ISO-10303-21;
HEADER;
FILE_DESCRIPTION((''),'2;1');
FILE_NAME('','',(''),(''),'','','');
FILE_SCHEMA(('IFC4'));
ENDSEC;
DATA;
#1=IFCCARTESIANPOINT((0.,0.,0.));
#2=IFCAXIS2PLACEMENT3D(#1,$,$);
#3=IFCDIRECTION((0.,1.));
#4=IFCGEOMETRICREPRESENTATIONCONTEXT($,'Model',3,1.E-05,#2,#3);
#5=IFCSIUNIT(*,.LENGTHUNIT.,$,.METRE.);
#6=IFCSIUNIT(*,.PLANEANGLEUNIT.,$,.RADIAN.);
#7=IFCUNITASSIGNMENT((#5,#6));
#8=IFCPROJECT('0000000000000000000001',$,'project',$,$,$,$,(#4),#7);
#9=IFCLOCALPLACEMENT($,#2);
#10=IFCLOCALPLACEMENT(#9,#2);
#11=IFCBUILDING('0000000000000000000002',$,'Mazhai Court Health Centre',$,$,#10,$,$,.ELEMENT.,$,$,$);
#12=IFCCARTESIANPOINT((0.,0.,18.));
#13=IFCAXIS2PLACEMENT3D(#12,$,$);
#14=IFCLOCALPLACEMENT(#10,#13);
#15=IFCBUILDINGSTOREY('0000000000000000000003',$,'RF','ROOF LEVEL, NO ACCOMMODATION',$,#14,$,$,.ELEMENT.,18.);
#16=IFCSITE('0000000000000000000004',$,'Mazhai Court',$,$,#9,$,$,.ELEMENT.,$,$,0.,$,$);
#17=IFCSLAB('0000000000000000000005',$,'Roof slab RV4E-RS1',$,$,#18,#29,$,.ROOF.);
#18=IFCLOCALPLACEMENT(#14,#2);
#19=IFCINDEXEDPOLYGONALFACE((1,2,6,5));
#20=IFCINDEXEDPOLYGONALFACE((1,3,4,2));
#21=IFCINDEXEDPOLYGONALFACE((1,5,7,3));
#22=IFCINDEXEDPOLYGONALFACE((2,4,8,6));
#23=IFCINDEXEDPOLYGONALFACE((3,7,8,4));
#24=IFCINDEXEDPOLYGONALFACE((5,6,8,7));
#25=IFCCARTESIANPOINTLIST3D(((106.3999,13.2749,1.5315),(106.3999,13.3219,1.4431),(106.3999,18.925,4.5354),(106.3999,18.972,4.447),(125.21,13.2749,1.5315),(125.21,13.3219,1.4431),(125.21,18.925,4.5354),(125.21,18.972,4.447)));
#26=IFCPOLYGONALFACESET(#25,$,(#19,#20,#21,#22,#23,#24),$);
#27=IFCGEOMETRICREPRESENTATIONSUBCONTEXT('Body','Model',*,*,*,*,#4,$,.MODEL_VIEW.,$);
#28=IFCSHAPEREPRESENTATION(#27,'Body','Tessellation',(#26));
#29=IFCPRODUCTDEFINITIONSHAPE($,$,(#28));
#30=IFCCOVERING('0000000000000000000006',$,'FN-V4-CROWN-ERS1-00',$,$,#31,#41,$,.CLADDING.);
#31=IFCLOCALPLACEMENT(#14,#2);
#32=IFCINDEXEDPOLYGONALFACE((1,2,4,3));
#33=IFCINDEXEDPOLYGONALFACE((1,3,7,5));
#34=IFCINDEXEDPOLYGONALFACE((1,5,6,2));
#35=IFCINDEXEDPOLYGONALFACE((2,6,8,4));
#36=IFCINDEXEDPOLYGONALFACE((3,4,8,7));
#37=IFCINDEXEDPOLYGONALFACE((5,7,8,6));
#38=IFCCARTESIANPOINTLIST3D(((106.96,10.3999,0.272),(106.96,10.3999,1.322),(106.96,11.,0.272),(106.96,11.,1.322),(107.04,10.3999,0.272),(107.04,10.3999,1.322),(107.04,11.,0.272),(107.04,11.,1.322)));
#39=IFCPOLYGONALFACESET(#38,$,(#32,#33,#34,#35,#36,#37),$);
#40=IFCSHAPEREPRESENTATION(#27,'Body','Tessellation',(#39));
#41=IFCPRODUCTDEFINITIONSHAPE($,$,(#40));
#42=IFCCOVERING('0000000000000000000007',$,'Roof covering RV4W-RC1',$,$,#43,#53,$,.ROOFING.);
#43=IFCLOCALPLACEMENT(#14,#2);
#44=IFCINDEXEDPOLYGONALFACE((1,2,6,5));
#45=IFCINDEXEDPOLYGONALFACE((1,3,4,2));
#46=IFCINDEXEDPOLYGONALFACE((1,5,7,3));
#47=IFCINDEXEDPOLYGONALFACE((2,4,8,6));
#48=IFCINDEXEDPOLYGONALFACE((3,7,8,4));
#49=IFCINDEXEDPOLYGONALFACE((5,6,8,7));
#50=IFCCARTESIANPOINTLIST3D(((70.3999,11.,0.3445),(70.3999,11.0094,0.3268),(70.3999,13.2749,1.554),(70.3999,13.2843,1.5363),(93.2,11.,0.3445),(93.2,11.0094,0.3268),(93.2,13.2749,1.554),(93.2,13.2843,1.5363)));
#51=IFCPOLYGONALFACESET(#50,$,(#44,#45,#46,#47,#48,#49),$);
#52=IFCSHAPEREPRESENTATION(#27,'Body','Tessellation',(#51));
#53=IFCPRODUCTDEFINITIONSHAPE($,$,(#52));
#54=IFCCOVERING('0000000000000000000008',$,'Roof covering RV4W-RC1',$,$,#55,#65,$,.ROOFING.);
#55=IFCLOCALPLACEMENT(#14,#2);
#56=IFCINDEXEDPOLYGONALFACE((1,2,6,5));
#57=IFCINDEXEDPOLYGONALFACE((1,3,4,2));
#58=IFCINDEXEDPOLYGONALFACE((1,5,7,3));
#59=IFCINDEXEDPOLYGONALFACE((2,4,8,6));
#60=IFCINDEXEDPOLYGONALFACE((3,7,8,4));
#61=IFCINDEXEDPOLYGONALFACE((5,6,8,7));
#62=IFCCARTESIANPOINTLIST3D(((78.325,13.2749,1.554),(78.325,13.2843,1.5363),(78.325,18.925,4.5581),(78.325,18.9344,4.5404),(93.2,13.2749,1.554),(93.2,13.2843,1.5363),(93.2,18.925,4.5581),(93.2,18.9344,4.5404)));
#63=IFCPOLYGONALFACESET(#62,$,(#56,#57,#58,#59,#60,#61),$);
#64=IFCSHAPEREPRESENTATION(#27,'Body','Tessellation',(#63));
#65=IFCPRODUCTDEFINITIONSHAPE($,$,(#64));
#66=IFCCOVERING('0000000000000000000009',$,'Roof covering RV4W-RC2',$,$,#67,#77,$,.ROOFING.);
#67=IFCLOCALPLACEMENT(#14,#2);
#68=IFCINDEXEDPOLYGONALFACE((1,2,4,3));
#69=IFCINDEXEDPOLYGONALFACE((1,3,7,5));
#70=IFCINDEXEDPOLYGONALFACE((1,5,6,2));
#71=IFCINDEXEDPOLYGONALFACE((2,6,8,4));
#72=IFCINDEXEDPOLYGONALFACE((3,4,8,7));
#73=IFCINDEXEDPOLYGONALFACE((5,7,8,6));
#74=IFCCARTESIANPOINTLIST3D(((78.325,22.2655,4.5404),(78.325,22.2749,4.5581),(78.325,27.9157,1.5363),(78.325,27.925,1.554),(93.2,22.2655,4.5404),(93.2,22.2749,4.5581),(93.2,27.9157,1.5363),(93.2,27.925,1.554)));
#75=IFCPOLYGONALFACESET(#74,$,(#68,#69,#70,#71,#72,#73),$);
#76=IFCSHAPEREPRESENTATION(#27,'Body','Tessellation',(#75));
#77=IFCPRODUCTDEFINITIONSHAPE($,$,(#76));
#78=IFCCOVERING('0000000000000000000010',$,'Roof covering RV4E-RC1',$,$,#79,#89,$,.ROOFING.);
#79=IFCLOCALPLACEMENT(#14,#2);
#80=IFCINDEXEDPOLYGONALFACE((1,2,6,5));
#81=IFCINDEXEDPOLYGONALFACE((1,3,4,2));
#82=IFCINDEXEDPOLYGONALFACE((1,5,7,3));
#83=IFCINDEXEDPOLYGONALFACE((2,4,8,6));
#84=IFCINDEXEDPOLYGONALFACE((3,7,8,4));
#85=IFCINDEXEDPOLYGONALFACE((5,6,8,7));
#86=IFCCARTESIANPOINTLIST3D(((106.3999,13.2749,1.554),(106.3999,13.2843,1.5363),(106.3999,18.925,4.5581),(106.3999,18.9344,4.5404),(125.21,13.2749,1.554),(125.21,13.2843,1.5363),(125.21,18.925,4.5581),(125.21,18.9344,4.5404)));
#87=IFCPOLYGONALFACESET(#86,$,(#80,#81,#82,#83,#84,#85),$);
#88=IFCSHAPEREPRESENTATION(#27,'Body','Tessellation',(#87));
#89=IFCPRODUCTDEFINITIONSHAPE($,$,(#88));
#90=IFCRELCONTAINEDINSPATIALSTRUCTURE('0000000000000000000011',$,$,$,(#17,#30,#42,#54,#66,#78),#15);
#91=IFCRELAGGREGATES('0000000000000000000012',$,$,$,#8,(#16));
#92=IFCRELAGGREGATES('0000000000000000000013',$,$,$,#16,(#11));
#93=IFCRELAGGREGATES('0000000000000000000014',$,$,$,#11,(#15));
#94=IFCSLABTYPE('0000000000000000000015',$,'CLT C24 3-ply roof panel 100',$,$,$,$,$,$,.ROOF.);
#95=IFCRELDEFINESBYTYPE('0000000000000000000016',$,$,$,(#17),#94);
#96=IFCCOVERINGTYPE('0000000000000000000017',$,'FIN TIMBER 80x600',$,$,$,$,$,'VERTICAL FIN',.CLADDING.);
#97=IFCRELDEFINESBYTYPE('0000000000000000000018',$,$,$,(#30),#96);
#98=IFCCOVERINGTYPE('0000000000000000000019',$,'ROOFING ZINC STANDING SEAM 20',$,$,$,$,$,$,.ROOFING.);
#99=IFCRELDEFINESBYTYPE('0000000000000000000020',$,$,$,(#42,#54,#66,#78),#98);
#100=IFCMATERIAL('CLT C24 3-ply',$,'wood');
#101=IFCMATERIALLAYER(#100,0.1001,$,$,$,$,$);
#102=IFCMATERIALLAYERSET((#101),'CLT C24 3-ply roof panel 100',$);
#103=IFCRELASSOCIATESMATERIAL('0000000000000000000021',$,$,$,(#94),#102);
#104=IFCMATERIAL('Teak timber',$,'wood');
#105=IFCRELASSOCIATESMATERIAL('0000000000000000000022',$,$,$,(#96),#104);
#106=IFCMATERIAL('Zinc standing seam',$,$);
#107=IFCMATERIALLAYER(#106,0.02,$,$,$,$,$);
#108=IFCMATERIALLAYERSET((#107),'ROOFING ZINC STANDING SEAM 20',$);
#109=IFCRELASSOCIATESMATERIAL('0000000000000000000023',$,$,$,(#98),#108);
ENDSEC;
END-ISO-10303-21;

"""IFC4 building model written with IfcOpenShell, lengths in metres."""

from ifc_helpers import new_model, si_unit, direction, frame, origin, origin_2d, place, context, subcontext, project, spatial, polyline, rectangle, outline, extrude, material, layer, layer_set, type_object, element, save


model = new_model("IFC4")

# Units and contexts
model_context = context("Model", 3, precision=1e-05, world=origin(), true_north=direction((0.0, 1.0)))
body_context = subcontext(model_context, "Body", "Model", "MODEL_VIEW")
ifc_project = project(units=[si_unit("LENGTHUNIT", "METRE"), si_unit("PLANEANGLEUNIT", "RADIAN")], contexts=[model_context])

# Site, building, storey
site_placement = place(None, origin())
site = spatial("IfcSite", under=ifc_project, at=site_placement, Name="Mazhai Court", CompositionType="ELEMENT", RefElevation=0.0)
building_placement = place(site_placement, origin())
building = spatial("IfcBuilding", under=site, at=building_placement, Name="Mazhai Court Health Centre", CompositionType="ELEMENT")
storey_placement = place(building_placement, frame((0.0, 0.0, 18.0)))
storey = spatial("IfcBuildingStorey", under=building, at=storey_placement, Name="RF", Description="ROOF LEVEL, NO ACCOMMODATION", CompositionType="ELEMENT", Elevation=18.0)

# Slab
ifc_material_1 = material(Name="CLT C24 3-ply", Category="wood")
ifc_layer_1 = layer(ifc_material_1, 0.1001)
ifc_layer_set_1 = layer_set([ifc_layer_1], Name="CLT C24 3-ply roof panel 100")
slab_type = type_object("IfcSlabType", Name="CLT C24 3-ply roof panel 100", PredefinedType="ROOF", material=ifc_layer_set_1)
slab_1_placement = place(storey_placement, frame((106.3999, 18.925, 4.5354), z_axis=(0.0, -0.469431, 0.882969), x_axis=(1.0, 0.0, 0.0)))
element("IfcSlab", 1, at=slab_1_placement, inside=storey, type_object=slab_type, Name="Roof slab RV4E-RS1", PredefinedType="ROOF", context=body_context, shape_type="SweptSolid", body=[
    extrude(outline(polyline([(0.0, 0.0), (18.8101, 0.0), (18.8101, -6.399), (0.0, -6.399), (0.0, 0.0)])), origin(), (0.0, 0.0, -1.0), 0.1001),
])

# Coverings
ifc_material_2 = material(Name="Teak timber", Category="wood")
covering_type_1 = type_object("IfcCoveringType", Name="FIN TIMBER 80x600", ElementType="VERTICAL FIN", PredefinedType="CLADDING", material=ifc_material_2)
covering_1_placement = place(storey_placement, frame((107.0, 10.7, 0.272), z_axis=(0.0, 0.0, 1.0), x_axis=(1.0, 0.0, 0.0)))
element("IfcCovering", 2, at=covering_1_placement, inside=storey, type_object=covering_type_1, Name="FN-V4-CROWN-ERS1-00", PredefinedType="CLADDING", context=body_context, shape_type="SweptSolid", body=[
    extrude(rectangle(XDim=0.0801, YDim=0.6001, at=origin_2d()), origin(), (0.0, 0.0, 1.0), 1.05),
])
ifc_material_3 = material(Name="Zinc standing seam")
ifc_layer_2 = layer(ifc_material_3, 0.02)
ifc_layer_set_2 = layer_set([ifc_layer_2], Name="ROOFING ZINC STANDING SEAM 20")
covering_type_2 = type_object("IfcCoveringType", Name="ROOFING ZINC STANDING SEAM 20", PredefinedType="ROOFING", material=ifc_layer_set_2)
covering_2_placement = place(storey_placement, frame((93.2, 11.0, 0.3445), z_axis=(0.0, -0.469437, 0.882966), x_axis=(-1.0, 0.0, 0.0)))
element("IfcCovering", 3, at=covering_2_placement, inside=storey, type_object=covering_type_2, Name="Roof covering RV4W-RC1", PredefinedType="ROOFING", context=body_context, shape_type="SweptSolid", body=[
    extrude(outline(polyline([(0.0, 0.0), (22.8, 0.0), (22.8, -2.5764), (0.0, -2.5764), (0.0, 0.0)])), origin(), (0.0, 0.0, -1.0), 0.02),
])
for number, where, z_axis, x_axis, name in (
    (4, (93.2, 13.2749, 1.554), (0.0, -0.469461, 0.882953), (-1.0, 0.0, 0.0), "Roof covering RV4W-RC1"),
    (5, (93.2, 22.2749, 4.5581), (0.0, 0.469461, 0.882953), (-1.0, 0.0, 0.0), "Roof covering RV4W-RC2"),
):
    element("IfcCovering", number, at=place(storey_placement, frame(where, z_axis=z_axis, x_axis=x_axis)), inside=storey, type_object=covering_type_2, Name=name, PredefinedType="ROOFING", context=body_context, shape_type="SweptSolid", body=[
        extrude(outline(polyline([(0.0, 0.0), (14.875, 0.0), (14.875, -6.3991), (0.0, -6.3991), (0.0, 0.0)])), origin(), (0.0, 0.0, -1.0), 0.02),
    ])
covering_3_placement = place(storey_placement, frame((106.3999, 18.925, 4.5581), z_axis=(0.0, -0.469461, 0.882953), x_axis=(1.0, 0.0, 0.0)))
element("IfcCovering", 6, at=covering_3_placement, inside=storey, type_object=covering_type_2, Name="Roof covering RV4E-RC1", PredefinedType="ROOFING", context=body_context, shape_type="SweptSolid", body=[
    extrude(outline(polyline([(0.0, 0.0), (18.8101, 0.0), (18.8101, -6.3991), (0.0, -6.3991), (0.0, 0.0)])), origin(), (0.0, 0.0, -1.0), 0.02),
])

save(model, "model.ifc")
